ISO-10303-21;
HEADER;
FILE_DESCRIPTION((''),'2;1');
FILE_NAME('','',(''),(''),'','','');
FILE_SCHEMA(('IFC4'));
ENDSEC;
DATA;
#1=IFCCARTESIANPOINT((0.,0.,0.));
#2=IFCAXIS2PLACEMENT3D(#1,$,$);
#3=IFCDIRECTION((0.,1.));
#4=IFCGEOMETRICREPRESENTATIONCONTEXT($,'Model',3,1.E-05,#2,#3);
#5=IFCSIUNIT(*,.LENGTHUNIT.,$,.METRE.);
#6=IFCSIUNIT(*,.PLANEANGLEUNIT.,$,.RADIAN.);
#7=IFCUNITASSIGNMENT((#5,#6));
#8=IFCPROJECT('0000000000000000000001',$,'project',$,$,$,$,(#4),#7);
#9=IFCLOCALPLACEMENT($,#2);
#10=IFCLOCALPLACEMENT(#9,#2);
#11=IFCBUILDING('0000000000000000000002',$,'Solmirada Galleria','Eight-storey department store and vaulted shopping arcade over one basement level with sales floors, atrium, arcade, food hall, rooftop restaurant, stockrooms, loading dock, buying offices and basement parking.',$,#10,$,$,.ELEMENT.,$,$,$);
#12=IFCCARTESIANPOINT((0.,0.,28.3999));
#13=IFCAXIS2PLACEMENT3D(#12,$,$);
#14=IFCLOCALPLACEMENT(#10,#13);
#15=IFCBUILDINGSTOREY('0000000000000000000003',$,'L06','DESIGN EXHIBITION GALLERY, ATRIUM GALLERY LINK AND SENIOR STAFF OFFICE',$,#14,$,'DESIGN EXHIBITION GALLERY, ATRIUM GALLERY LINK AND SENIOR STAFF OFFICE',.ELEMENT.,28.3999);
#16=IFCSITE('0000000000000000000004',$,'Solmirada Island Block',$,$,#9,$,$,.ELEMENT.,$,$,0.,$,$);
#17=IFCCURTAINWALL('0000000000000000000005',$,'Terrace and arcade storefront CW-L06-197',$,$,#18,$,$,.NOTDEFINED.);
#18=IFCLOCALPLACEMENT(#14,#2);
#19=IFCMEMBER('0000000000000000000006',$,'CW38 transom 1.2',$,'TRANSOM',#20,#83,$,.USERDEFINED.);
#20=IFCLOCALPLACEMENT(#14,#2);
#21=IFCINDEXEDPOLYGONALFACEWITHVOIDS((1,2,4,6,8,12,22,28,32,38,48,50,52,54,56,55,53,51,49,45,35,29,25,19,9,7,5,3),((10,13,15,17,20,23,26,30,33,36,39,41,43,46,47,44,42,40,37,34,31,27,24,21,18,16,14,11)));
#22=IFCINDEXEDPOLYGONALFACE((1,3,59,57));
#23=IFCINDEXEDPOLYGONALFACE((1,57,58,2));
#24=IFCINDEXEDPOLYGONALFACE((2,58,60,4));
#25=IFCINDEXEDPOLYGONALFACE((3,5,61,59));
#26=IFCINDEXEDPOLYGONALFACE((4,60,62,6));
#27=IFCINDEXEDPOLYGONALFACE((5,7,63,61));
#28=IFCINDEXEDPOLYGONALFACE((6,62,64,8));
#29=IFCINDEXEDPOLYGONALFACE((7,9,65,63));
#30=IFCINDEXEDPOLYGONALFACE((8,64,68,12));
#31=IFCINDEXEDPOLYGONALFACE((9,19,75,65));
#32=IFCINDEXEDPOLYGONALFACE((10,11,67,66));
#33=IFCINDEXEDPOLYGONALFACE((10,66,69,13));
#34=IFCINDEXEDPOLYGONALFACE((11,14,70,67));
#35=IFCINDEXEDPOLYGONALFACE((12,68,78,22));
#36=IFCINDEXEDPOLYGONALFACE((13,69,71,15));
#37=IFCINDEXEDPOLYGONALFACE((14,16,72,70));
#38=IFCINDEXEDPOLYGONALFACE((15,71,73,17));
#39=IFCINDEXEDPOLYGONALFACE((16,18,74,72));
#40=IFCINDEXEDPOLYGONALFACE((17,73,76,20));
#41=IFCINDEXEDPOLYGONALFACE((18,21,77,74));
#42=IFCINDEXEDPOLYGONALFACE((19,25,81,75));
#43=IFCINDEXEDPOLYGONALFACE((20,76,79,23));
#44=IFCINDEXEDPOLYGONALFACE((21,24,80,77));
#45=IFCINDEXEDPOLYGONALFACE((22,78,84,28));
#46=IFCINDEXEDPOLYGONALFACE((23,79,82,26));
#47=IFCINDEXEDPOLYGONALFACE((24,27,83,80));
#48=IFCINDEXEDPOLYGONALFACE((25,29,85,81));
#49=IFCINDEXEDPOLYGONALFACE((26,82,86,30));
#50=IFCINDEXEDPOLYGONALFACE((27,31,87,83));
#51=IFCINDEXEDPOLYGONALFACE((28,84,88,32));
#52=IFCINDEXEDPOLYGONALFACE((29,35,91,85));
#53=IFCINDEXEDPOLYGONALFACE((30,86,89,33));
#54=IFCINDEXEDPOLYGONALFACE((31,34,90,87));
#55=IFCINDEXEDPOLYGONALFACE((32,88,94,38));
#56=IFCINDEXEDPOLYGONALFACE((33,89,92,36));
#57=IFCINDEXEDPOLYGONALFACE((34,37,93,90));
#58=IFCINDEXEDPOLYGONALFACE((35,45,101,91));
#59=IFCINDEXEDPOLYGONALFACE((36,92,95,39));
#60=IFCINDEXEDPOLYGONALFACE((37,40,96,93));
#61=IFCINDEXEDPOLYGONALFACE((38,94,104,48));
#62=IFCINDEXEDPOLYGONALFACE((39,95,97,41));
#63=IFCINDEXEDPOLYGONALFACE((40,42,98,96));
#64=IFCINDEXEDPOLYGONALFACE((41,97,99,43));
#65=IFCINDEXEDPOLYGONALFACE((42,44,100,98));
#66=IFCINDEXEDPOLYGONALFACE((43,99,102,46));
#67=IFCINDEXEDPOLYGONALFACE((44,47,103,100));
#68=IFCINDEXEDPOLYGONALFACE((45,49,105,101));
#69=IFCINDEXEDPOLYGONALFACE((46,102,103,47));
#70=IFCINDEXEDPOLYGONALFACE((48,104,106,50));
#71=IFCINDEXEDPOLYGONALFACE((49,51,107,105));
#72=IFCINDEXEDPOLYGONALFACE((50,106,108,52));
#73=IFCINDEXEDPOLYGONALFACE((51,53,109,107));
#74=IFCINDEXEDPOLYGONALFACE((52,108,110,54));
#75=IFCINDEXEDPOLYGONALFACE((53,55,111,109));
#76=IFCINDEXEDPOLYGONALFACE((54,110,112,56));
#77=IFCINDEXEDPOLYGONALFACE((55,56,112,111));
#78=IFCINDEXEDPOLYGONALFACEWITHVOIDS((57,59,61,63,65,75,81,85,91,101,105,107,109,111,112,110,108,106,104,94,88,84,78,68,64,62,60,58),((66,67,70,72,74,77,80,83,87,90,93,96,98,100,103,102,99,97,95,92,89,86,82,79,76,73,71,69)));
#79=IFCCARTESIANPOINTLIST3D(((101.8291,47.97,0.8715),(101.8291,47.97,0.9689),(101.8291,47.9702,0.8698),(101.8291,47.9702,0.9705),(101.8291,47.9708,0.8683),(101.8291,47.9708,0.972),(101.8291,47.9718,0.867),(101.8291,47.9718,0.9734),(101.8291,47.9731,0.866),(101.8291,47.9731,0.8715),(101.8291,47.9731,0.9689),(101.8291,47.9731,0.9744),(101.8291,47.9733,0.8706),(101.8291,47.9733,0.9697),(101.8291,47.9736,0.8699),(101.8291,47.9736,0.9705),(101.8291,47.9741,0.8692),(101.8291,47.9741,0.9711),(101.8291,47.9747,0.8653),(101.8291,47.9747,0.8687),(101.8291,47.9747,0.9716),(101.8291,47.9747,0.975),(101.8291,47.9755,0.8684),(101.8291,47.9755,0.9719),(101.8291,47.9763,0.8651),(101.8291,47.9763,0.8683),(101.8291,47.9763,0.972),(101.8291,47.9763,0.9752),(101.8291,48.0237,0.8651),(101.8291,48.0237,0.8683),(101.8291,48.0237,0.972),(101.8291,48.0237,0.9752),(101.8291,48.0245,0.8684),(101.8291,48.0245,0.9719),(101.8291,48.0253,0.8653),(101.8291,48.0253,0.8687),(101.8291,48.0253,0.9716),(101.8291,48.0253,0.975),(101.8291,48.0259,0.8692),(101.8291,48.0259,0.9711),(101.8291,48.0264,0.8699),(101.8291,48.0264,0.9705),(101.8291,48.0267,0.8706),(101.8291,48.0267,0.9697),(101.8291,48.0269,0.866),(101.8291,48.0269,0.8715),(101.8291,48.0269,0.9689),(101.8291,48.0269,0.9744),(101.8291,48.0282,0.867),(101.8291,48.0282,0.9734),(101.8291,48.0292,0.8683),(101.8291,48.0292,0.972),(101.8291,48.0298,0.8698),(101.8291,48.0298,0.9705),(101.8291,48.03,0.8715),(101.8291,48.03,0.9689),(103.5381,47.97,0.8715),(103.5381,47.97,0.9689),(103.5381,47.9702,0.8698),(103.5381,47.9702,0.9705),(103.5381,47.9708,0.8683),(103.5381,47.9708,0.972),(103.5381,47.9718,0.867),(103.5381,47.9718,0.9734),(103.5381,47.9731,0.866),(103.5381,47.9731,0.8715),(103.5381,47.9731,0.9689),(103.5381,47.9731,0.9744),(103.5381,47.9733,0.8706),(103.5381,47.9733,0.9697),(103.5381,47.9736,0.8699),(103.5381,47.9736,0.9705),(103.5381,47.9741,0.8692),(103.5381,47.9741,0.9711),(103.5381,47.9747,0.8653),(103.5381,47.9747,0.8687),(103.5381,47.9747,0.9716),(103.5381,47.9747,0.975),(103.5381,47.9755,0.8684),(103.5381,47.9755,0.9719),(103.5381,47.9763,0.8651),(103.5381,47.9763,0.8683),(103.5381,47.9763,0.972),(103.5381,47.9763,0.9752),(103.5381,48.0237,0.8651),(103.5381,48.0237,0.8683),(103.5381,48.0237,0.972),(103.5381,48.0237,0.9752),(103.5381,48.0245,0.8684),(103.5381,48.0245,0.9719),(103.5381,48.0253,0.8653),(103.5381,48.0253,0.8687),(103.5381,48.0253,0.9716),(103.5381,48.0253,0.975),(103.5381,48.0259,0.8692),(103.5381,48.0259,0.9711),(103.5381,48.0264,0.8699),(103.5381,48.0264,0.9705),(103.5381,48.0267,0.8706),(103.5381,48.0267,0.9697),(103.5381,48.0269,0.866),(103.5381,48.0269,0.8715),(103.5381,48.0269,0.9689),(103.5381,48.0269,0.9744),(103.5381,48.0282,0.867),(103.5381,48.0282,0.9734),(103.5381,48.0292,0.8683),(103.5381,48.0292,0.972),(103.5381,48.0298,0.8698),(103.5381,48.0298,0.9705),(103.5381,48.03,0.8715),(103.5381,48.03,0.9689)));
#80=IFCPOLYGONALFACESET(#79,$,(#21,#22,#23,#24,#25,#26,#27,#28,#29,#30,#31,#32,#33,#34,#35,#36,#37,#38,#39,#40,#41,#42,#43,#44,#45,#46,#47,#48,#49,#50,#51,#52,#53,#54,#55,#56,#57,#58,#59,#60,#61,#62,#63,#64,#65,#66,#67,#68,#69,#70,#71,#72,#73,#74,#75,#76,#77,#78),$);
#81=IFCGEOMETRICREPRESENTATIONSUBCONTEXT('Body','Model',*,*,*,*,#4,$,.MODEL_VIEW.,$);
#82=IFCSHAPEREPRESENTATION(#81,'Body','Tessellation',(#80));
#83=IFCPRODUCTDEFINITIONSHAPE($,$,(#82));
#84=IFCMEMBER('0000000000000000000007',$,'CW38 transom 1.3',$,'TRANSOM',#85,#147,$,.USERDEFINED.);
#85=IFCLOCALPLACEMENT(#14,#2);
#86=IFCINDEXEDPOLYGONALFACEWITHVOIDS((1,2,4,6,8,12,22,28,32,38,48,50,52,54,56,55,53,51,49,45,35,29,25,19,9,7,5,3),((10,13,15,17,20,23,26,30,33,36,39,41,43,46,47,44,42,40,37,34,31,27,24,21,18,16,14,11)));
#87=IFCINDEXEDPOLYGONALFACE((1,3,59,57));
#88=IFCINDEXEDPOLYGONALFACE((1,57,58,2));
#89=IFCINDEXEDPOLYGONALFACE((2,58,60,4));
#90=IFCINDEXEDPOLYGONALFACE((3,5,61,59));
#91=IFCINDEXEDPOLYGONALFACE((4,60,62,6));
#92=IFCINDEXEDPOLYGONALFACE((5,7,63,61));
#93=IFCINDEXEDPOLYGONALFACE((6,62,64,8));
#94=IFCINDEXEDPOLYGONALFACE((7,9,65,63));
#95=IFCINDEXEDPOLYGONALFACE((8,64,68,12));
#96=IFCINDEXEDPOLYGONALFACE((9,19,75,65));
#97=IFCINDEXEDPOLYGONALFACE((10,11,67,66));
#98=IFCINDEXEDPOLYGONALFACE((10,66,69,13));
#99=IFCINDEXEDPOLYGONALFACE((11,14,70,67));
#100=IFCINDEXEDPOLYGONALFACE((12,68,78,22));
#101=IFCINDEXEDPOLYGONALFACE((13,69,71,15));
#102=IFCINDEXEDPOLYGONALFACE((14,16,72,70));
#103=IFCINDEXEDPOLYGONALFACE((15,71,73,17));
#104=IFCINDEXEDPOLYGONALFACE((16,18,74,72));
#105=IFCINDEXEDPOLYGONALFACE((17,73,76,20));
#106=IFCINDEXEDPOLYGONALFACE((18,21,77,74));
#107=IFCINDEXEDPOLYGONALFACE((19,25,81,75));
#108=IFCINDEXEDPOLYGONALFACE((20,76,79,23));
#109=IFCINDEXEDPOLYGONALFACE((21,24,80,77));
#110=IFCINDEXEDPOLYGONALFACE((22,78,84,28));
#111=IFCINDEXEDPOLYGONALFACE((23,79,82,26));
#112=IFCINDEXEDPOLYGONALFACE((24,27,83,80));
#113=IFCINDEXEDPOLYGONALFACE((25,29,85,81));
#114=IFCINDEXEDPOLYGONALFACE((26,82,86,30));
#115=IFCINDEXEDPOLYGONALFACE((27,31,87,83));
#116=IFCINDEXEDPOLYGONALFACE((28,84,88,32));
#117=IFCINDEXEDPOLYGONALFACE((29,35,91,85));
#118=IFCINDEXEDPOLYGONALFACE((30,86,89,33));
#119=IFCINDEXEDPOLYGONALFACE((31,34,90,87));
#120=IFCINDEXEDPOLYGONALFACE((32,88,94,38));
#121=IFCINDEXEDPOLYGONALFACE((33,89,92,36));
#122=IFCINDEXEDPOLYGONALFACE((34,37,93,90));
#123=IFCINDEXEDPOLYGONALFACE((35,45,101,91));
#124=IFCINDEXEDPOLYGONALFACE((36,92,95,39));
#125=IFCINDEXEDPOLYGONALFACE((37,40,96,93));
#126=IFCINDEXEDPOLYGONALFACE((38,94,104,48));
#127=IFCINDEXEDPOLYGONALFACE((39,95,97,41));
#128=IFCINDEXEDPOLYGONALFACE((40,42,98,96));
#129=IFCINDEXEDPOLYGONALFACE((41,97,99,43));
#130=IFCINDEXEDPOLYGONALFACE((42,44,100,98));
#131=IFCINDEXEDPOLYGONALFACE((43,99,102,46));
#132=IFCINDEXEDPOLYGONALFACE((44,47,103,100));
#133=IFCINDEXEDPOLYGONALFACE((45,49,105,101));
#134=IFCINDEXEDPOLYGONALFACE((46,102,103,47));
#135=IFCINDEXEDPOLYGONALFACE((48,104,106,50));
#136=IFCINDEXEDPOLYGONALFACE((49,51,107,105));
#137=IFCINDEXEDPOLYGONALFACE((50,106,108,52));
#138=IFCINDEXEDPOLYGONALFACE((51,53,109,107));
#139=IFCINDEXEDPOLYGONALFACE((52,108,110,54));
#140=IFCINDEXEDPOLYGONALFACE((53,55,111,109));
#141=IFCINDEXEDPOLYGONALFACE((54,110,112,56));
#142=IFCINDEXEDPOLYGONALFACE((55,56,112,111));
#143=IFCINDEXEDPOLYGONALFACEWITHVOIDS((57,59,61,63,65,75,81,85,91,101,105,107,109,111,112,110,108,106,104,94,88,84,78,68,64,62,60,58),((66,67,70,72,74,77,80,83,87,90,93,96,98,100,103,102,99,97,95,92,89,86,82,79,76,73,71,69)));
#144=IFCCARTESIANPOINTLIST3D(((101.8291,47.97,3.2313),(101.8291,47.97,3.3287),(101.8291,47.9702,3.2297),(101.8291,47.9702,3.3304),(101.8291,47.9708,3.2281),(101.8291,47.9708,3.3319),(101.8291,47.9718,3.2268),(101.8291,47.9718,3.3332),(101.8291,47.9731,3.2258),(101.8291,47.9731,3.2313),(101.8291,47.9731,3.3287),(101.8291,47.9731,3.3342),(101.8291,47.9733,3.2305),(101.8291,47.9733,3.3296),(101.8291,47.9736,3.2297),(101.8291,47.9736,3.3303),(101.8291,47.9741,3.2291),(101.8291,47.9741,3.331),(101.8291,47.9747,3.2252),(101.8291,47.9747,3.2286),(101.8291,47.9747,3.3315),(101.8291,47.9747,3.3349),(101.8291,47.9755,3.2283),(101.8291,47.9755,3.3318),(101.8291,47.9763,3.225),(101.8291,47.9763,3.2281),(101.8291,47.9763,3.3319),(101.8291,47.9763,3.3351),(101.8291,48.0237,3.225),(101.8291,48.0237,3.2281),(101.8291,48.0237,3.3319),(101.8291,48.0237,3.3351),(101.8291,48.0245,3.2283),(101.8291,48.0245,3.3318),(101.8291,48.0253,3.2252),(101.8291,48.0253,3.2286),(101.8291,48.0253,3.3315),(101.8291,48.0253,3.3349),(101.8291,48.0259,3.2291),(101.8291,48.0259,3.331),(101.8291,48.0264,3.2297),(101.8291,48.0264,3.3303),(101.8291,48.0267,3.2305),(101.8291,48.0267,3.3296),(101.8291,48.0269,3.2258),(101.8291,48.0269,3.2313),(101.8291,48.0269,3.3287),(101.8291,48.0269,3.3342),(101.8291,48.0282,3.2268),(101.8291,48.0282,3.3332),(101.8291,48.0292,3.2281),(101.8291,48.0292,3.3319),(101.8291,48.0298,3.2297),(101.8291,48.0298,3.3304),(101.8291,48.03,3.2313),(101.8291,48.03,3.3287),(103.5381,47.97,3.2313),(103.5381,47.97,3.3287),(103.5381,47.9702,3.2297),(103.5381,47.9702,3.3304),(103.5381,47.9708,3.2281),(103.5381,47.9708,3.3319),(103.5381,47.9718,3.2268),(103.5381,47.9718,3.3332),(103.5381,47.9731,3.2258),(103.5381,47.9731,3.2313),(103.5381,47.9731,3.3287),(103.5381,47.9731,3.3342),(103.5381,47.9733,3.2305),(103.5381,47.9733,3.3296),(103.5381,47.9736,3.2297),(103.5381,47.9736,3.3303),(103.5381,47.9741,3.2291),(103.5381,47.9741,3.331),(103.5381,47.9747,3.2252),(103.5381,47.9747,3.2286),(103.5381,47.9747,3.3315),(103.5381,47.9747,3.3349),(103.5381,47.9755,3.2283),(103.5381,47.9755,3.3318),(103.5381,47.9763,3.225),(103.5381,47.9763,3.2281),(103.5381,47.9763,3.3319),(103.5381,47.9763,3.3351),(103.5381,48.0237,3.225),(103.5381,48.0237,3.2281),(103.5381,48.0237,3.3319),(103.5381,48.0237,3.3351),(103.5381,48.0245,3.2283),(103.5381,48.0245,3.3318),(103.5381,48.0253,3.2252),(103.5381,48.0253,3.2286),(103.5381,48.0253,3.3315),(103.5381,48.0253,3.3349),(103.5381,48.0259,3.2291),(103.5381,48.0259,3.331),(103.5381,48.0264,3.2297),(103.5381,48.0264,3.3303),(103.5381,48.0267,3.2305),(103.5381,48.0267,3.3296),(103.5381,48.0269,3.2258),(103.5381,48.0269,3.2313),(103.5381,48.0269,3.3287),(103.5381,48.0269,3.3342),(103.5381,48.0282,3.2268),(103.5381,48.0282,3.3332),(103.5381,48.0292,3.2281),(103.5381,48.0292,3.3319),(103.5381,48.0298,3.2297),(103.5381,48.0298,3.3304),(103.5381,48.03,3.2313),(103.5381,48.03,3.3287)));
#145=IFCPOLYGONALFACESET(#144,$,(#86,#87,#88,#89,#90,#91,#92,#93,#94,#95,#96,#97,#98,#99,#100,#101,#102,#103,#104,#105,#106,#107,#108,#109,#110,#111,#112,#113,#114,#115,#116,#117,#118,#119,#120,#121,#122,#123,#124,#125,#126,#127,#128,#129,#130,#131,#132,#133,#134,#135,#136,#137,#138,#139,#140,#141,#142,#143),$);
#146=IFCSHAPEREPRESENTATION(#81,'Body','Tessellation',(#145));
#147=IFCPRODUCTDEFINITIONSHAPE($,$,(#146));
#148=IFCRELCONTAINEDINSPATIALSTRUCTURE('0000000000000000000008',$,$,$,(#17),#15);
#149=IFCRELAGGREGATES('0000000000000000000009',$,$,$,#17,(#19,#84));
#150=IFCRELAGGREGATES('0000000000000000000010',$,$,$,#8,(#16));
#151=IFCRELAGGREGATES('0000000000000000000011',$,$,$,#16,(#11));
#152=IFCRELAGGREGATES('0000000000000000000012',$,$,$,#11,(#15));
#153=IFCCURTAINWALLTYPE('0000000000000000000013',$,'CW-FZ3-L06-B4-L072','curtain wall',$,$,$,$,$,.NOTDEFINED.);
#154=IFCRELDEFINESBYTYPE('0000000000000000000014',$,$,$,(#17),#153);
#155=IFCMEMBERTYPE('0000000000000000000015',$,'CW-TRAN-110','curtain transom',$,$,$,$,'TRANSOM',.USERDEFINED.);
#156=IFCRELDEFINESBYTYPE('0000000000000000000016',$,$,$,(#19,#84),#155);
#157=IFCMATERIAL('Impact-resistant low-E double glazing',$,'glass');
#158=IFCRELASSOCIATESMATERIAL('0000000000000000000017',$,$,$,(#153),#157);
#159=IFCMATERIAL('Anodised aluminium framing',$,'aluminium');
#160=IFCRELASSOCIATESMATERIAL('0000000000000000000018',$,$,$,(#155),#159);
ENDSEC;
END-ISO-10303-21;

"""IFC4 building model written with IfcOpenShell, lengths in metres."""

from ifc_helpers import new_model, si_unit, direction, frame, origin, origin_2d, place, context, subcontext, project, spatial, hollow_rectangle, extrude, material, material_profile, profile_set, type_object, element, aggregate, save


model = new_model("IFC4")

# Units and contexts
model_context = context("Model", 3, precision=1e-05, world=origin(), true_north=direction((0.0, 1.0)))
body_context = subcontext(model_context, "Body", "Model", "MODEL_VIEW")
ifc_project = project(units=[si_unit("LENGTHUNIT", "METRE"), si_unit("PLANEANGLEUNIT", "RADIAN")], contexts=[model_context])

# Site, building, storey
site_placement = place(None, origin())
site = spatial("IfcSite", under=ifc_project, at=site_placement, Name="Solmirada Island Block", CompositionType="ELEMENT", RefElevation=0.0)
building_placement = place(site_placement, origin())
building = spatial("IfcBuilding", under=site, at=building_placement, Name="Solmirada Galleria", Description="Eight-storey department store and vaulted shopping arcade over one basement level with sales floors, atrium, arcade, food hall, rooftop restaurant, stockrooms, loading dock, buying offices and basement parking.", CompositionType="ELEMENT")
storey_placement = place(building_placement, frame((0.0, 0.0, 28.3999)))
storey = spatial("IfcBuildingStorey", under=building, at=storey_placement, Name="L06", Description="DESIGN EXHIBITION GALLERY, ATRIUM GALLERY LINK AND SENIOR STAFF OFFICE", LongName="DESIGN EXHIBITION GALLERY, ATRIUM GALLERY LINK AND SENIOR STAFF OFFICE", CompositionType="ELEMENT", Elevation=28.3999)

# Shared definitions
ifc_material_1 = material(Name="Impact-resistant low-E double glazing", Category="glass")
curtain_wall_type = type_object("IfcCurtainWallType", Name="CW-FZ3-L06-B4-L072", Description="curtain wall", PredefinedType="NOTDEFINED", material=ifc_material_1)
ifc_material_2 = material(Name="Anodised aluminium framing", Category="aluminium")

# Curtain wall, members
curtain_wall_1_placement = place(storey_placement, origin())
curtain_wall_1 = element("IfcCurtainWall", 1, at=curtain_wall_1_placement, inside=storey, type_object=curtain_wall_type, Name="Terrace and arcade storefront CW-L06-197", PredefinedType="NOTDEFINED")
ifc_material_profile_1 = material_profile(ifc_material_2, hollow_rectangle(XDim=0.0601, YDim=0.1101, WallThickness=0.0032, InnerFilletRadius=0.0032, OuterFilletRadius=0.0063, at=origin_2d()), Name="ALU-TRAN-110X60")
ifc_profile_set_1 = profile_set([ifc_material_profile_1], Name="Anodised aluminium framing")
member_type_1 = type_object("IfcMemberType", Name="CW-TRAN-110", Description="curtain transom", ElementType="TRANSOM", PredefinedType="USERDEFINED", material=ifc_profile_set_1)
member_1_placement = place(storey_placement, frame((103.5381, 48.0, 0.9202), z_axis=(-1.0, 0.0, 0.0), x_axis=(0.0, -1.0, 0.0)))
member_1 = element("IfcMember", 2, at=member_1_placement, type_object=member_type_1, Name="CW38 transom 1.2", ObjectType="TRANSOM", PredefinedType="USERDEFINED", context=body_context, shape_type="SweptSolid", body=[
    extrude(hollow_rectangle(XDim=0.0601, YDim=0.1101, WallThickness=0.0032, InnerFilletRadius=0.0032, OuterFilletRadius=0.0063, at=origin_2d()), origin(), (0.0, 0.0, 1.0), 1.709),
])
member_2_placement = place(storey_placement, frame((103.5381, 48.0, 3.28), z_axis=(-1.0, 0.0, 0.0), x_axis=(0.0, -1.0, 0.0)))
member_2 = element("IfcMember", 3, at=member_2_placement, type_object=member_type_1, Name="CW38 transom 1.3", ObjectType="TRANSOM", PredefinedType="USERDEFINED", context=body_context, shape_type="SweptSolid", body=[
    extrude(hollow_rectangle(XDim=0.0601, YDim=0.1101, WallThickness=0.0032, InnerFilletRadius=0.0032, OuterFilletRadius=0.0063, at=origin_2d()), origin(), (0.0, 0.0, 1.0), 1.709),
])

aggregate(curtain_wall_1, [member_1, member_2])

save(model, "model.ifc")
